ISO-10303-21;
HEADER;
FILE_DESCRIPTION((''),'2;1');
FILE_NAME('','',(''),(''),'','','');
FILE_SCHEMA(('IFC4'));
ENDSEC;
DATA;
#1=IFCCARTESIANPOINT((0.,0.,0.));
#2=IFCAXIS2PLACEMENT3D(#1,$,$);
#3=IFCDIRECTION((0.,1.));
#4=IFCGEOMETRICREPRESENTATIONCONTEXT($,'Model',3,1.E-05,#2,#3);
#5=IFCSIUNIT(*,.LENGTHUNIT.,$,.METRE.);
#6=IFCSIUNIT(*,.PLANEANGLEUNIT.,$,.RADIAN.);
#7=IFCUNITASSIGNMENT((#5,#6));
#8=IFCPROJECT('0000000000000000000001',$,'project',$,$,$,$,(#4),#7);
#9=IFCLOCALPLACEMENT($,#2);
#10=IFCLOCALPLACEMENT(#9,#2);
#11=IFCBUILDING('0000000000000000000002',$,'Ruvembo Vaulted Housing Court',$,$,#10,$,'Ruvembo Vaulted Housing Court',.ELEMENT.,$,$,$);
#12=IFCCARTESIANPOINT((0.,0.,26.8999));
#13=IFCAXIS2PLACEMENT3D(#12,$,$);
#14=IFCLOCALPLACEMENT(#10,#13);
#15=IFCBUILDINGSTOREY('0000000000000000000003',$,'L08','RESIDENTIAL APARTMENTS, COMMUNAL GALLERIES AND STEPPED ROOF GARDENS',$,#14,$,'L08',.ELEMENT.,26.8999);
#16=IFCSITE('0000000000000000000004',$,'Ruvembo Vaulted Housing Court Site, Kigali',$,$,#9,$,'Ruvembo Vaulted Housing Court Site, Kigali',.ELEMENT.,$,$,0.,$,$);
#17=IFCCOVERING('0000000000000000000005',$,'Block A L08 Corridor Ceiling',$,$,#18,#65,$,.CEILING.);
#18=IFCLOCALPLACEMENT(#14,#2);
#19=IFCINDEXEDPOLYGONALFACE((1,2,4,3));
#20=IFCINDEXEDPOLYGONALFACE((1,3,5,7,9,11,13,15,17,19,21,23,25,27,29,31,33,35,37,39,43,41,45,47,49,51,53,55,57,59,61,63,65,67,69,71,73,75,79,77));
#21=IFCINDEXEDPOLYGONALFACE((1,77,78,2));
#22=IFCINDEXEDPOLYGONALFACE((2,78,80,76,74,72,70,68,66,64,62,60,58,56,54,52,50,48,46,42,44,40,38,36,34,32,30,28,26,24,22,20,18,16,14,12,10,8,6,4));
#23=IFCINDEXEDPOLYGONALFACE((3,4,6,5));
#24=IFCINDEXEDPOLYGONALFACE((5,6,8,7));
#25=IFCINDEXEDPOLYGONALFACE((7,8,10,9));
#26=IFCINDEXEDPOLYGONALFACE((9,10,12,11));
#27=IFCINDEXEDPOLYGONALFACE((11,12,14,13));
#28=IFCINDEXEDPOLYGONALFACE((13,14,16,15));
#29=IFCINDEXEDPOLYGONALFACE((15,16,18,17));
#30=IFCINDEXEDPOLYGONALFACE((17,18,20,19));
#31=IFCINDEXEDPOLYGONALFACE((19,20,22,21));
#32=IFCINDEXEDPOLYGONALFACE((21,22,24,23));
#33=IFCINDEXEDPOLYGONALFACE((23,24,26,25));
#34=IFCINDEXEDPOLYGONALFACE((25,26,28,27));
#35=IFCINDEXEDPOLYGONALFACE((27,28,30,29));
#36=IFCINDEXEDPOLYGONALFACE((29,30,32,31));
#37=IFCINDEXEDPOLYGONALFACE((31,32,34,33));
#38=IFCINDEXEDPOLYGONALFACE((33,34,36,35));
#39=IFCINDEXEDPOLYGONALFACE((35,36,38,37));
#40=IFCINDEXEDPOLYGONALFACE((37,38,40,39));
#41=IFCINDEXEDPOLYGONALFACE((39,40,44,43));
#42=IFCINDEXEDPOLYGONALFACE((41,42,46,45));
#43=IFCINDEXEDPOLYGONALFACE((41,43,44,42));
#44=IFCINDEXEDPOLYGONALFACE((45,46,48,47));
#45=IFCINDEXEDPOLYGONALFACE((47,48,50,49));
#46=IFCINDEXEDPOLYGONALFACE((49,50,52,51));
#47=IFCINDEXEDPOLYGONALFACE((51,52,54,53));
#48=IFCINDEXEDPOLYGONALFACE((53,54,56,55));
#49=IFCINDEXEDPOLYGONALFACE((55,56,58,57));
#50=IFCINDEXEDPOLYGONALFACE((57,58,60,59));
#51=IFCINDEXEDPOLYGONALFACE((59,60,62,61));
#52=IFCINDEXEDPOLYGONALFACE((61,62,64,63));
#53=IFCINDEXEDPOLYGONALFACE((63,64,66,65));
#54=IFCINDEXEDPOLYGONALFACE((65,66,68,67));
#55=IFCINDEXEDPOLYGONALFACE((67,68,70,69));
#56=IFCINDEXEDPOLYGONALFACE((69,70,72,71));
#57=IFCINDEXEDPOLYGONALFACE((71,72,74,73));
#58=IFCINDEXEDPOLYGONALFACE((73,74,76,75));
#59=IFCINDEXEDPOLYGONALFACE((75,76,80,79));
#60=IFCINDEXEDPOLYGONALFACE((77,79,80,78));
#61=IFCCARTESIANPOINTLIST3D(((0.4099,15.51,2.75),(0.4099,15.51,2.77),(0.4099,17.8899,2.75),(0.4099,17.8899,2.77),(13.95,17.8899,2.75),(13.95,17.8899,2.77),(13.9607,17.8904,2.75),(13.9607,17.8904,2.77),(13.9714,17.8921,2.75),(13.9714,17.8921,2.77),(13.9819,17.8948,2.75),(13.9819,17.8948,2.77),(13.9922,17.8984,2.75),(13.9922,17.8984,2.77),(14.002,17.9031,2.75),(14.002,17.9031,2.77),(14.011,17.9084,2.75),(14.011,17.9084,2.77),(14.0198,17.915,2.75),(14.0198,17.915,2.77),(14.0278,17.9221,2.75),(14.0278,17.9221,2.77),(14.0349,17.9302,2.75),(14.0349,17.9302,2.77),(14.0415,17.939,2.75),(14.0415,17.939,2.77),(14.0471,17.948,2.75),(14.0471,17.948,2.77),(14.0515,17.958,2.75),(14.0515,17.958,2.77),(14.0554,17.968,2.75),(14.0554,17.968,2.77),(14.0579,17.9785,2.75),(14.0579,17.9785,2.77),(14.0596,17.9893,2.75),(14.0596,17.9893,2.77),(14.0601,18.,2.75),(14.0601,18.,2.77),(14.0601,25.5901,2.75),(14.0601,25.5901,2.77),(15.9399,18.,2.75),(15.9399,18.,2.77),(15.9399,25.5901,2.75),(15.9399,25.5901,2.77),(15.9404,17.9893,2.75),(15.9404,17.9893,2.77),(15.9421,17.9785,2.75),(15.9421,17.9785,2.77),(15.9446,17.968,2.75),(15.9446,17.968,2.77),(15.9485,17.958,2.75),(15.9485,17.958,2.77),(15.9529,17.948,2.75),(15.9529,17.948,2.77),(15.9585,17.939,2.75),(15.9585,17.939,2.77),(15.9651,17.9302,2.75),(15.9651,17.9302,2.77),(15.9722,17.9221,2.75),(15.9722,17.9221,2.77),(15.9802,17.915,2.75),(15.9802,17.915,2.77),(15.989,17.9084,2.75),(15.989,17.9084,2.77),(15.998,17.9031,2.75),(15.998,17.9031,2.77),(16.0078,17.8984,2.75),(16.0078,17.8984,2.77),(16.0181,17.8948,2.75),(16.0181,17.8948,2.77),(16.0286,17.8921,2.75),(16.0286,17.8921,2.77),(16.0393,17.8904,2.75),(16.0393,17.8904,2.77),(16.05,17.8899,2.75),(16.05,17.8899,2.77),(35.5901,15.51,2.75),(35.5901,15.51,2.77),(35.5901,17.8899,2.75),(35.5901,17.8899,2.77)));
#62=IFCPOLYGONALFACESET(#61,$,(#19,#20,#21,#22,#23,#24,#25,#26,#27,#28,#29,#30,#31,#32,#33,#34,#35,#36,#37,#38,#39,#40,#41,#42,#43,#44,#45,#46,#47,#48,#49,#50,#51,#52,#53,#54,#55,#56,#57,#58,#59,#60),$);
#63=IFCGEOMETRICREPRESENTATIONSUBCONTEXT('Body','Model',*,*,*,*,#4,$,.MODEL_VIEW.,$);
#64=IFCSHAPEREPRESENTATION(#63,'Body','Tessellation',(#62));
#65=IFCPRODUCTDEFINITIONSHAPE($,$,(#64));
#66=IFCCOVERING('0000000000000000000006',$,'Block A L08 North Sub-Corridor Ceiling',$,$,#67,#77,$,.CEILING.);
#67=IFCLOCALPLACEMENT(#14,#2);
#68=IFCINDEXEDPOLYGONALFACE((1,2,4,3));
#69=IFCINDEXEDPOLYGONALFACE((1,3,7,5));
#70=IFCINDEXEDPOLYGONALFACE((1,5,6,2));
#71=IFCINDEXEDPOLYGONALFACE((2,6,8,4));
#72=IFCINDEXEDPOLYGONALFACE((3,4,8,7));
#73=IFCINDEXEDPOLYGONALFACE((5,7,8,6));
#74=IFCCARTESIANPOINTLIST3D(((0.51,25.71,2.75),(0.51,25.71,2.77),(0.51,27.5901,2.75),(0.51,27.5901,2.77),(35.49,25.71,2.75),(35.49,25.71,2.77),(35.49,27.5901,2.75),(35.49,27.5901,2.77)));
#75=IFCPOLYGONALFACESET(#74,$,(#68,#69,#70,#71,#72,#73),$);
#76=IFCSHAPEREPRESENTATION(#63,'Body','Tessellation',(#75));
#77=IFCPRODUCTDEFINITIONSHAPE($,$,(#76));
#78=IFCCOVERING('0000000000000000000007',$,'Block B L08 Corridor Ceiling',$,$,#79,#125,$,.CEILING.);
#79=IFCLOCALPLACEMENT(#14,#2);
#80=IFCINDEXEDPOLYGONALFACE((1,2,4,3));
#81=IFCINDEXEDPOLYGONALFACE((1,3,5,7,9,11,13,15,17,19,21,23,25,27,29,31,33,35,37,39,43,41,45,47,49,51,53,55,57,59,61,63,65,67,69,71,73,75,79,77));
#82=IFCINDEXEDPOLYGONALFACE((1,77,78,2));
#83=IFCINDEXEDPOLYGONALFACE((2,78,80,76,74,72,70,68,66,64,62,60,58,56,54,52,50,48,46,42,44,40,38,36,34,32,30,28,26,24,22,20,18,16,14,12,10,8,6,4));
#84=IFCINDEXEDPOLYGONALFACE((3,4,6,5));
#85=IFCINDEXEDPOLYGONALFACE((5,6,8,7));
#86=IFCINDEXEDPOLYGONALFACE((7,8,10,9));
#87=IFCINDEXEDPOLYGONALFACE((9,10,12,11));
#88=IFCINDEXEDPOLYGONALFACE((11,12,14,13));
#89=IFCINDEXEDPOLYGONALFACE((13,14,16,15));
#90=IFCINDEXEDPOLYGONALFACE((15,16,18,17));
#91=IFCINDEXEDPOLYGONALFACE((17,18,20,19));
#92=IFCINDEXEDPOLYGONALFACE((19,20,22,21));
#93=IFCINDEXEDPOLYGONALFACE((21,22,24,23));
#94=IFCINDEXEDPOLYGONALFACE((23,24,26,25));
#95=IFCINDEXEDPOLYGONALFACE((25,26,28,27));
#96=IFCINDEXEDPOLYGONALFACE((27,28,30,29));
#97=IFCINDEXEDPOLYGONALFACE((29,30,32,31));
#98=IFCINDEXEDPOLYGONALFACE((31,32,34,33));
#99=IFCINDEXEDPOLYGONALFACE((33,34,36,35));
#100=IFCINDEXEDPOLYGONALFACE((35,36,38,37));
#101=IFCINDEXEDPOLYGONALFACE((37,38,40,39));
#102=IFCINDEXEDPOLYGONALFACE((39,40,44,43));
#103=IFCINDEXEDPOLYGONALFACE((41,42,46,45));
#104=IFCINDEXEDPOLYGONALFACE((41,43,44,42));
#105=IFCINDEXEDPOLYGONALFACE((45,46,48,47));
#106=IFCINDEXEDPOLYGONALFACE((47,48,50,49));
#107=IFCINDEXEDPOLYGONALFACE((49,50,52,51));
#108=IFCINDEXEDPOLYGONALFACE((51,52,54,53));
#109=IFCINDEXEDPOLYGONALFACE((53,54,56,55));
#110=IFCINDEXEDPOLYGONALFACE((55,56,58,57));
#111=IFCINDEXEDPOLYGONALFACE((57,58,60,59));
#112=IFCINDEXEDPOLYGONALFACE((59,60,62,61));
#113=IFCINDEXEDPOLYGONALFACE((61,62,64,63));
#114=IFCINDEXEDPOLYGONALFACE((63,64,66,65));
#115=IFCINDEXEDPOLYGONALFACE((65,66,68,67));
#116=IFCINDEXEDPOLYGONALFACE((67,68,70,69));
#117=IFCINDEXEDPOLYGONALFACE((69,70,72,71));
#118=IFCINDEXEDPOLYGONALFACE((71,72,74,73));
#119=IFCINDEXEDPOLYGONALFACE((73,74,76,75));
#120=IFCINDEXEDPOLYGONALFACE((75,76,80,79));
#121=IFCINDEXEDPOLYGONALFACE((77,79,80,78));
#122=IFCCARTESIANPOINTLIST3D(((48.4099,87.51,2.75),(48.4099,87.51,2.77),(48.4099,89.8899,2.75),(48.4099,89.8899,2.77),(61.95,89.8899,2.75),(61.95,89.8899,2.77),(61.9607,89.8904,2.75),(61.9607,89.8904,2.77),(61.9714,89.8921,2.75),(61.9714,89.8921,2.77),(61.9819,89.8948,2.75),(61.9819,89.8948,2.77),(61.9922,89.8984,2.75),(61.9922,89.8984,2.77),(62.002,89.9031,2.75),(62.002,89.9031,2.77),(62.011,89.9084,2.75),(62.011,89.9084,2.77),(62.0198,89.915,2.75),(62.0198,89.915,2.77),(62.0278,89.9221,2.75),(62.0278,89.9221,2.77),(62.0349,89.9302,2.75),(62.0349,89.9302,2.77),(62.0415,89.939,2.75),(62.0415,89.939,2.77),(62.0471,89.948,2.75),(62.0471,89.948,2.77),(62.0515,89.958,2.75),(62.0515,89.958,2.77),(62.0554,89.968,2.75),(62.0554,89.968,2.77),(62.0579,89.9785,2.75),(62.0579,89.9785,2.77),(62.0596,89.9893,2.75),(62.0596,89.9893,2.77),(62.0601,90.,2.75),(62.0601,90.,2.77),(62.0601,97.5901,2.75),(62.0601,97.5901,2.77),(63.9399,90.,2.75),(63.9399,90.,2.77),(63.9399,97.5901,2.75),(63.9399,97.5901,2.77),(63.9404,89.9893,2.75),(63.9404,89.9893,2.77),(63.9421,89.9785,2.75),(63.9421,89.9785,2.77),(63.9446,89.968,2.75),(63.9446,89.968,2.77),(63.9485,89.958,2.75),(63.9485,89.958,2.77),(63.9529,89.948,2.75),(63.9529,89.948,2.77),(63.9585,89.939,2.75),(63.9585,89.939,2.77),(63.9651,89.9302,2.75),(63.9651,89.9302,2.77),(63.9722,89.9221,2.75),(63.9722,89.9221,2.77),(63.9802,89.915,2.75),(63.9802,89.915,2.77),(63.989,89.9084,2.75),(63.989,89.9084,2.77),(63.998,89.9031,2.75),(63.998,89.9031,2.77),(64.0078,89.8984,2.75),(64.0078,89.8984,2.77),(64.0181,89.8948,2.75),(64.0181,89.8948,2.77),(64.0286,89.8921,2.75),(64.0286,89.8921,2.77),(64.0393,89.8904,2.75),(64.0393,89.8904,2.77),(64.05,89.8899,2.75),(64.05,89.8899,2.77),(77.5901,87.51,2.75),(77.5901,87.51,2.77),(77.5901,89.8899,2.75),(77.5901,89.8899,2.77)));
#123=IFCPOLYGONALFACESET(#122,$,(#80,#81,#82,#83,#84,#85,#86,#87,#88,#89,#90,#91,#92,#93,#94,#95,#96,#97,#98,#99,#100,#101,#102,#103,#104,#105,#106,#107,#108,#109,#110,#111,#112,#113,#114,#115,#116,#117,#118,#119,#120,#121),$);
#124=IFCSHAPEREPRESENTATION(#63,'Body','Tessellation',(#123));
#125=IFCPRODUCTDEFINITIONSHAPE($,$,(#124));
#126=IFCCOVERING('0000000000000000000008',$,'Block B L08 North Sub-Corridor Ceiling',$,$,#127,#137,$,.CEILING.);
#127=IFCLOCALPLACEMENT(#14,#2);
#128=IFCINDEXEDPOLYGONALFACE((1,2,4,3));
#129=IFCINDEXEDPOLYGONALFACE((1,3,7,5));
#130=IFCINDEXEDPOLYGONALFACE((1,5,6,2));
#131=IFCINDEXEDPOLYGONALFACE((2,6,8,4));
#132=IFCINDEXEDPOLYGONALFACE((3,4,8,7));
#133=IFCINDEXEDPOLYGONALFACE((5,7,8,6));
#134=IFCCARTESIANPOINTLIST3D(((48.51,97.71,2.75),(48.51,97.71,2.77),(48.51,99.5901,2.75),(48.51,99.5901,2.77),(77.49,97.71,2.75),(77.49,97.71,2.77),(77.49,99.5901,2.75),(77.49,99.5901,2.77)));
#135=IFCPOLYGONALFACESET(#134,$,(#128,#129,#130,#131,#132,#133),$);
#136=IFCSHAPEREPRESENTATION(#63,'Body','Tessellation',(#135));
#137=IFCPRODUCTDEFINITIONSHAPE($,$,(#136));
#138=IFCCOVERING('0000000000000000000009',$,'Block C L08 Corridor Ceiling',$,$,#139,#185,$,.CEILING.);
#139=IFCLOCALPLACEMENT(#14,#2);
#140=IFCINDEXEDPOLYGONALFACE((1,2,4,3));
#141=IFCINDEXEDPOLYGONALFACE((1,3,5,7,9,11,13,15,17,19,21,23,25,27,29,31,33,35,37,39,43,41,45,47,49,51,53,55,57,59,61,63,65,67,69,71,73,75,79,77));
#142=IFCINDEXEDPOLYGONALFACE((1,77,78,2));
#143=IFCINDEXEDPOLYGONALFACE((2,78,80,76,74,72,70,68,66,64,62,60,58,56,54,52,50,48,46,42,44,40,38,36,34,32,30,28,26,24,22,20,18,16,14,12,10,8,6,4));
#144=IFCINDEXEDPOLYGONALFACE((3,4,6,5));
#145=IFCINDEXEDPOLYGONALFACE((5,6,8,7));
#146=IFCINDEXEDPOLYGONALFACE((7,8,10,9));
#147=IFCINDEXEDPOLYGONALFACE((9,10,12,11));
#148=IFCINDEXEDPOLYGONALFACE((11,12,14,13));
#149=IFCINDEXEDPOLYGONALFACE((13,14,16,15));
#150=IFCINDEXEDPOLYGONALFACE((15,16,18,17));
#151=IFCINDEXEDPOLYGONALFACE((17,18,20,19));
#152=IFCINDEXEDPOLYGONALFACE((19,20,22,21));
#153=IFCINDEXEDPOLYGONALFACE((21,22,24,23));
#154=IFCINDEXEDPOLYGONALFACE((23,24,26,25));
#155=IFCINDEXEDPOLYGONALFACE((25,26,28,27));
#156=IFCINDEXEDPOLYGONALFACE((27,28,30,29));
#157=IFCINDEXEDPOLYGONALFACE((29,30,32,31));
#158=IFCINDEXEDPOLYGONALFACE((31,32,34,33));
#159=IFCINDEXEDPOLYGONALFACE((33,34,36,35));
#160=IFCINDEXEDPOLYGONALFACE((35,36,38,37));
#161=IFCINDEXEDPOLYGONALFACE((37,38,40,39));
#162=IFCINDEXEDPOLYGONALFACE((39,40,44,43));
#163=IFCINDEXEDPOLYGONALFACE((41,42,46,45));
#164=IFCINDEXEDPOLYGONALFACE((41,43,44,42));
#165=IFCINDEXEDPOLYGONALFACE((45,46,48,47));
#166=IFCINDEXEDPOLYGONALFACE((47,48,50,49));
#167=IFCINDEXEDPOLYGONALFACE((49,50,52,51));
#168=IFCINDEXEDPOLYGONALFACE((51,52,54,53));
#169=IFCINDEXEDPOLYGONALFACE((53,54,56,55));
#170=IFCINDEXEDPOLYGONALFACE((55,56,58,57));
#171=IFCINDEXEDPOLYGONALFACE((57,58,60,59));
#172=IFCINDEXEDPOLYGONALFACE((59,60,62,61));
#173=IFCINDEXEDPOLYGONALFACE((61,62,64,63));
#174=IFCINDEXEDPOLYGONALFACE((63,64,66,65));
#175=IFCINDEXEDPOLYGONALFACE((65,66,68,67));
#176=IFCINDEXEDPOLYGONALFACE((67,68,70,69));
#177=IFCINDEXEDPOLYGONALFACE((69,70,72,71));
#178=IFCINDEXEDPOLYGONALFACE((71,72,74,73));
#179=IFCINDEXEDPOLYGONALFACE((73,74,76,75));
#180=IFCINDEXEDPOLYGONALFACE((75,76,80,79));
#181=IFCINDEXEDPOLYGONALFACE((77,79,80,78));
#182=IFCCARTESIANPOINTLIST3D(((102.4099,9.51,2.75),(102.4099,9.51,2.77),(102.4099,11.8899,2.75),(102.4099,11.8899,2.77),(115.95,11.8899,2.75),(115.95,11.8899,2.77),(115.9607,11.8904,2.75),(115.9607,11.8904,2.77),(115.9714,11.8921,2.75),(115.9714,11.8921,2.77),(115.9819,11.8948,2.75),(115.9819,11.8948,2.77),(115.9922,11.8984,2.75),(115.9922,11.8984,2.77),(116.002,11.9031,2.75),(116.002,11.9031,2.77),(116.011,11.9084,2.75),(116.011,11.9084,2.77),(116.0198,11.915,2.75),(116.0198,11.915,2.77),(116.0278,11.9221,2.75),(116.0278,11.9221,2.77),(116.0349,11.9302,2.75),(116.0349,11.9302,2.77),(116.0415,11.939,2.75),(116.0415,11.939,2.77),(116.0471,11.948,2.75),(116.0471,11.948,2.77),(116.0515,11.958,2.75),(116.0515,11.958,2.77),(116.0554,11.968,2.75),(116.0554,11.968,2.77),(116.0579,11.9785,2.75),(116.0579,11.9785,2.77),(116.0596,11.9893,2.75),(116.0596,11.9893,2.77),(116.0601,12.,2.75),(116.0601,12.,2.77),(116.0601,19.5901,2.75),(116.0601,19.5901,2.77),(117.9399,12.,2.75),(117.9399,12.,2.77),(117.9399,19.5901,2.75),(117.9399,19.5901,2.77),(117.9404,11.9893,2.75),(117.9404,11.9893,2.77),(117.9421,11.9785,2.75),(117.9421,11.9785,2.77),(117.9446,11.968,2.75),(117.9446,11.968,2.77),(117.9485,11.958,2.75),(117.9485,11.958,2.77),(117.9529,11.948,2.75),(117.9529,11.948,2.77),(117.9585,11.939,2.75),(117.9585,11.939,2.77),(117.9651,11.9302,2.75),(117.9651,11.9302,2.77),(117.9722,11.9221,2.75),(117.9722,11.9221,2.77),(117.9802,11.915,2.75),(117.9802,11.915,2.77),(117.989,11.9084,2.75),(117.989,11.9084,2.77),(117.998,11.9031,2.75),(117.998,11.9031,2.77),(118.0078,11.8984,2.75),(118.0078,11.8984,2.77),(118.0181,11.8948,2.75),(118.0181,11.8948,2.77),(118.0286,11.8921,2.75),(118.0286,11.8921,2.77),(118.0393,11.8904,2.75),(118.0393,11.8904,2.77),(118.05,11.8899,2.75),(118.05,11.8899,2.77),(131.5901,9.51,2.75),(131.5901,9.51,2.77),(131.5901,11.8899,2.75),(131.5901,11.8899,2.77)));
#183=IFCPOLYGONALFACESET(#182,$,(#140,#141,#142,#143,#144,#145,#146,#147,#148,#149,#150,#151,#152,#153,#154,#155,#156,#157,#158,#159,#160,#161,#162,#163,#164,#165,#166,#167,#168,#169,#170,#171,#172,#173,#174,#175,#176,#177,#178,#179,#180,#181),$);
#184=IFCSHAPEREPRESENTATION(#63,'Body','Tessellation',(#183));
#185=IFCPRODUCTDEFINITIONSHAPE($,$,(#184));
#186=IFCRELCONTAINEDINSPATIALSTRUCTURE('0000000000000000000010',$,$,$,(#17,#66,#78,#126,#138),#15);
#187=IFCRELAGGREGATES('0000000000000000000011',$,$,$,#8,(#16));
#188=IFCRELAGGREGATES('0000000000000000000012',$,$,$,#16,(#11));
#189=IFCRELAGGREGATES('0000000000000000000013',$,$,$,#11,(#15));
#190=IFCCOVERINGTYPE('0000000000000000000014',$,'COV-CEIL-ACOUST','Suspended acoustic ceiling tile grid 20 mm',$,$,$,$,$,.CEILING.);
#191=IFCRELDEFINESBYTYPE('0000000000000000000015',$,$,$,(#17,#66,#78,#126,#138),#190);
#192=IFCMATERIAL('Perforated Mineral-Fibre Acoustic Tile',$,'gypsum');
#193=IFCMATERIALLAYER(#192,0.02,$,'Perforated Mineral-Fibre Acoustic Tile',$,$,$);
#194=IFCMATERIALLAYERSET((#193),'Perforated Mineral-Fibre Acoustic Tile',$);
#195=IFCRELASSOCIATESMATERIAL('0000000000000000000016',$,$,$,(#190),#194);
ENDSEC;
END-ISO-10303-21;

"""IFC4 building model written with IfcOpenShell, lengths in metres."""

from ifc_helpers import new_model, si_unit, direction, frame, origin, place, context, subcontext, project, spatial, polyline, outline, extrude, material, layer, layer_set, type_object, element, save


model = new_model("IFC4")

# Units and contexts
model_context = context("Model", 3, precision=1e-05, world=origin(), true_north=direction((0.0, 1.0)))
body_context = subcontext(model_context, "Body", "Model", "MODEL_VIEW")
ifc_project = project(units=[si_unit("LENGTHUNIT", "METRE"), si_unit("PLANEANGLEUNIT", "RADIAN")], contexts=[model_context])

# Site, building, storey
site_placement = place(None, origin())
site = spatial("IfcSite", under=ifc_project, at=site_placement, Name="Ruvembo Vaulted Housing Court Site, Kigali", LongName="Ruvembo Vaulted Housing Court Site, Kigali", CompositionType="ELEMENT", RefElevation=0.0)
building_placement = place(site_placement, origin())
building = spatial("IfcBuilding", under=site, at=building_placement, Name="Ruvembo Vaulted Housing Court", LongName="Ruvembo Vaulted Housing Court", CompositionType="ELEMENT")
storey_placement = place(building_placement, frame((0.0, 0.0, 26.8999)))
storey = spatial("IfcBuildingStorey", under=building, at=storey_placement, Name="L08", Description="RESIDENTIAL APARTMENTS, COMMUNAL GALLERIES AND STEPPED ROOF GARDENS", LongName="L08", CompositionType="ELEMENT", Elevation=26.8999)

# Coverings
ifc_material_1 = material(Name="Perforated Mineral-Fibre Acoustic Tile", Category="gypsum")
ifc_layer_1 = layer(ifc_material_1, 0.02, Name="Perforated Mineral-Fibre Acoustic Tile")
ifc_layer_set_1 = layer_set([ifc_layer_1], Name="Perforated Mineral-Fibre Acoustic Tile")
covering_type_1 = type_object("IfcCoveringType", Name="COV-CEIL-ACOUST", Description="Suspended acoustic ceiling tile grid 20 mm", PredefinedType="CEILING", material=ifc_layer_set_1)
covering_1_placement = place(storey_placement, frame((0.0, 0.0, 2.75)))
element("IfcCovering", 1, at=covering_1_placement, inside=storey, type_object=covering_type_1, Name="Block A L08 Corridor Ceiling", PredefinedType="CEILING", context=body_context, shape_type="SweptSolid", body=[
    extrude(outline(polyline([(35.5901, 15.51), (35.5901, 17.8899), (16.05, 17.8899), (16.0393, 17.8904), (16.0286, 17.8921), (16.0181, 17.8948), (16.0078, 17.8984), (15.998, 17.9031), (15.989, 17.9084), (15.9802, 17.915), (15.9722, 17.9221), (15.9651, 17.9302), (15.9585, 17.939), (15.9529, 17.948), (15.9485, 17.958), (15.9446, 17.968), (15.9421, 17.9785), (15.9404, 17.9893), (15.9399, 18.0), (15.9399, 25.5901), (14.0601, 25.5901), (14.0601, 18.0), (14.0596, 17.9893), (14.0579, 17.9785), (14.0554, 17.968), (14.0515, 17.958), (14.0471, 17.948), (14.0415, 17.939), (14.0349, 17.9302), (14.0278, 17.9221), (14.0198, 17.915), (14.011, 17.9084), (14.002, 17.9031), (13.9922, 17.8984), (13.9819, 17.8948), (13.9714, 17.8921), (13.9607, 17.8904), (13.95, 17.8899), (0.4099, 17.8899), (0.4099, 15.51), (35.5901, 15.51)])), origin(), (0.0, 0.0, 1.0), 0.02),
])
covering_2_placement = place(storey_placement, frame((0.0, 0.0, 2.75)))
element("IfcCovering", 2, at=covering_2_placement, inside=storey, type_object=covering_type_1, Name="Block A L08 North Sub-Corridor Ceiling", PredefinedType="CEILING", context=body_context, shape_type="SweptSolid", body=[
    extrude(outline(polyline([(0.51, 25.71), (35.49, 25.71), (35.49, 27.5901), (0.51, 27.5901), (0.51, 25.71)])), origin(), (0.0, 0.0, 1.0), 0.02),
])
covering_3_placement = place(storey_placement, frame((0.0, 0.0, 2.75)))
element("IfcCovering", 3, at=covering_3_placement, inside=storey, type_object=covering_type_1, Name="Block B L08 Corridor Ceiling", PredefinedType="CEILING", context=body_context, shape_type="SweptSolid", body=[
    extrude(outline(polyline([(77.5901, 87.51), (77.5901, 89.8899), (64.05, 89.8899), (64.0393, 89.8904), (64.0286, 89.8921), (64.0181, 89.8948), (64.0078, 89.8984), (63.998, 89.9031), (63.989, 89.9084), (63.9802, 89.915), (63.9722, 89.9221), (63.9651, 89.9302), (63.9585, 89.939), (63.9529, 89.948), (63.9485, 89.958), (63.9446, 89.968), (63.9421, 89.9785), (63.9404, 89.9893), (63.9399, 90.0), (63.9399, 97.5901), (62.0601, 97.5901), (62.0601, 90.0), (62.0596, 89.9893), (62.0579, 89.9785), (62.0554, 89.968), (62.0515, 89.958), (62.0471, 89.948), (62.0415, 89.939), (62.0349, 89.9302), (62.0278, 89.9221), (62.0198, 89.915), (62.011, 89.9084), (62.002, 89.9031), (61.9922, 89.8984), (61.9819, 89.8948), (61.9714, 89.8921), (61.9607, 89.8904), (61.95, 89.8899), (48.4099, 89.8899), (48.4099, 87.51), (77.5901, 87.51)])), origin(), (0.0, 0.0, 1.0), 0.02),
])
covering_4_placement = place(storey_placement, frame((0.0, 0.0, 2.75)))
element("IfcCovering", 4, at=covering_4_placement, inside=storey, type_object=covering_type_1, Name="Block B L08 North Sub-Corridor Ceiling", PredefinedType="CEILING", context=body_context, shape_type="SweptSolid", body=[
    extrude(outline(polyline([(48.51, 97.71), (77.49, 97.71), (77.49, 99.5901), (48.51, 99.5901), (48.51, 97.71)])), origin(), (0.0, 0.0, 1.0), 0.02),
])
covering_5_placement = place(storey_placement, frame((0.0, 0.0, 2.75)))
element("IfcCovering", 5, at=covering_5_placement, inside=storey, type_object=covering_type_1, Name="Block C L08 Corridor Ceiling", PredefinedType="CEILING", context=body_context, shape_type="SweptSolid", body=[
    extrude(outline(polyline([(131.5901, 9.51), (131.5901, 11.8899), (118.05, 11.8899), (118.0393, 11.8904), (118.0286, 11.8921), (118.0181, 11.8948), (118.0078, 11.8984), (117.998, 11.9031), (117.989, 11.9084), (117.9802, 11.915), (117.9722, 11.9221), (117.9651, 11.9302), (117.9585, 11.939), (117.9529, 11.948), (117.9485, 11.958), (117.9446, 11.968), (117.9421, 11.9785), (117.9404, 11.9893), (117.9399, 12.0), (117.9399, 19.5901), (116.0601, 19.5901), (116.0601, 12.0), (116.0596, 11.9893), (116.0579, 11.9785), (116.0554, 11.968), (116.0515, 11.958), (116.0471, 11.948), (116.0415, 11.939), (116.0349, 11.9302), (116.0278, 11.9221), (116.0198, 11.915), (116.011, 11.9084), (116.002, 11.9031), (115.9922, 11.8984), (115.9819, 11.8948), (115.9714, 11.8921), (115.9607, 11.8904), (115.95, 11.8899), (102.4099, 11.8899), (102.4099, 9.51), (131.5901, 9.51)])), origin(), (0.0, 0.0, 1.0), 0.02),
])

save(model, "model.ifc")
